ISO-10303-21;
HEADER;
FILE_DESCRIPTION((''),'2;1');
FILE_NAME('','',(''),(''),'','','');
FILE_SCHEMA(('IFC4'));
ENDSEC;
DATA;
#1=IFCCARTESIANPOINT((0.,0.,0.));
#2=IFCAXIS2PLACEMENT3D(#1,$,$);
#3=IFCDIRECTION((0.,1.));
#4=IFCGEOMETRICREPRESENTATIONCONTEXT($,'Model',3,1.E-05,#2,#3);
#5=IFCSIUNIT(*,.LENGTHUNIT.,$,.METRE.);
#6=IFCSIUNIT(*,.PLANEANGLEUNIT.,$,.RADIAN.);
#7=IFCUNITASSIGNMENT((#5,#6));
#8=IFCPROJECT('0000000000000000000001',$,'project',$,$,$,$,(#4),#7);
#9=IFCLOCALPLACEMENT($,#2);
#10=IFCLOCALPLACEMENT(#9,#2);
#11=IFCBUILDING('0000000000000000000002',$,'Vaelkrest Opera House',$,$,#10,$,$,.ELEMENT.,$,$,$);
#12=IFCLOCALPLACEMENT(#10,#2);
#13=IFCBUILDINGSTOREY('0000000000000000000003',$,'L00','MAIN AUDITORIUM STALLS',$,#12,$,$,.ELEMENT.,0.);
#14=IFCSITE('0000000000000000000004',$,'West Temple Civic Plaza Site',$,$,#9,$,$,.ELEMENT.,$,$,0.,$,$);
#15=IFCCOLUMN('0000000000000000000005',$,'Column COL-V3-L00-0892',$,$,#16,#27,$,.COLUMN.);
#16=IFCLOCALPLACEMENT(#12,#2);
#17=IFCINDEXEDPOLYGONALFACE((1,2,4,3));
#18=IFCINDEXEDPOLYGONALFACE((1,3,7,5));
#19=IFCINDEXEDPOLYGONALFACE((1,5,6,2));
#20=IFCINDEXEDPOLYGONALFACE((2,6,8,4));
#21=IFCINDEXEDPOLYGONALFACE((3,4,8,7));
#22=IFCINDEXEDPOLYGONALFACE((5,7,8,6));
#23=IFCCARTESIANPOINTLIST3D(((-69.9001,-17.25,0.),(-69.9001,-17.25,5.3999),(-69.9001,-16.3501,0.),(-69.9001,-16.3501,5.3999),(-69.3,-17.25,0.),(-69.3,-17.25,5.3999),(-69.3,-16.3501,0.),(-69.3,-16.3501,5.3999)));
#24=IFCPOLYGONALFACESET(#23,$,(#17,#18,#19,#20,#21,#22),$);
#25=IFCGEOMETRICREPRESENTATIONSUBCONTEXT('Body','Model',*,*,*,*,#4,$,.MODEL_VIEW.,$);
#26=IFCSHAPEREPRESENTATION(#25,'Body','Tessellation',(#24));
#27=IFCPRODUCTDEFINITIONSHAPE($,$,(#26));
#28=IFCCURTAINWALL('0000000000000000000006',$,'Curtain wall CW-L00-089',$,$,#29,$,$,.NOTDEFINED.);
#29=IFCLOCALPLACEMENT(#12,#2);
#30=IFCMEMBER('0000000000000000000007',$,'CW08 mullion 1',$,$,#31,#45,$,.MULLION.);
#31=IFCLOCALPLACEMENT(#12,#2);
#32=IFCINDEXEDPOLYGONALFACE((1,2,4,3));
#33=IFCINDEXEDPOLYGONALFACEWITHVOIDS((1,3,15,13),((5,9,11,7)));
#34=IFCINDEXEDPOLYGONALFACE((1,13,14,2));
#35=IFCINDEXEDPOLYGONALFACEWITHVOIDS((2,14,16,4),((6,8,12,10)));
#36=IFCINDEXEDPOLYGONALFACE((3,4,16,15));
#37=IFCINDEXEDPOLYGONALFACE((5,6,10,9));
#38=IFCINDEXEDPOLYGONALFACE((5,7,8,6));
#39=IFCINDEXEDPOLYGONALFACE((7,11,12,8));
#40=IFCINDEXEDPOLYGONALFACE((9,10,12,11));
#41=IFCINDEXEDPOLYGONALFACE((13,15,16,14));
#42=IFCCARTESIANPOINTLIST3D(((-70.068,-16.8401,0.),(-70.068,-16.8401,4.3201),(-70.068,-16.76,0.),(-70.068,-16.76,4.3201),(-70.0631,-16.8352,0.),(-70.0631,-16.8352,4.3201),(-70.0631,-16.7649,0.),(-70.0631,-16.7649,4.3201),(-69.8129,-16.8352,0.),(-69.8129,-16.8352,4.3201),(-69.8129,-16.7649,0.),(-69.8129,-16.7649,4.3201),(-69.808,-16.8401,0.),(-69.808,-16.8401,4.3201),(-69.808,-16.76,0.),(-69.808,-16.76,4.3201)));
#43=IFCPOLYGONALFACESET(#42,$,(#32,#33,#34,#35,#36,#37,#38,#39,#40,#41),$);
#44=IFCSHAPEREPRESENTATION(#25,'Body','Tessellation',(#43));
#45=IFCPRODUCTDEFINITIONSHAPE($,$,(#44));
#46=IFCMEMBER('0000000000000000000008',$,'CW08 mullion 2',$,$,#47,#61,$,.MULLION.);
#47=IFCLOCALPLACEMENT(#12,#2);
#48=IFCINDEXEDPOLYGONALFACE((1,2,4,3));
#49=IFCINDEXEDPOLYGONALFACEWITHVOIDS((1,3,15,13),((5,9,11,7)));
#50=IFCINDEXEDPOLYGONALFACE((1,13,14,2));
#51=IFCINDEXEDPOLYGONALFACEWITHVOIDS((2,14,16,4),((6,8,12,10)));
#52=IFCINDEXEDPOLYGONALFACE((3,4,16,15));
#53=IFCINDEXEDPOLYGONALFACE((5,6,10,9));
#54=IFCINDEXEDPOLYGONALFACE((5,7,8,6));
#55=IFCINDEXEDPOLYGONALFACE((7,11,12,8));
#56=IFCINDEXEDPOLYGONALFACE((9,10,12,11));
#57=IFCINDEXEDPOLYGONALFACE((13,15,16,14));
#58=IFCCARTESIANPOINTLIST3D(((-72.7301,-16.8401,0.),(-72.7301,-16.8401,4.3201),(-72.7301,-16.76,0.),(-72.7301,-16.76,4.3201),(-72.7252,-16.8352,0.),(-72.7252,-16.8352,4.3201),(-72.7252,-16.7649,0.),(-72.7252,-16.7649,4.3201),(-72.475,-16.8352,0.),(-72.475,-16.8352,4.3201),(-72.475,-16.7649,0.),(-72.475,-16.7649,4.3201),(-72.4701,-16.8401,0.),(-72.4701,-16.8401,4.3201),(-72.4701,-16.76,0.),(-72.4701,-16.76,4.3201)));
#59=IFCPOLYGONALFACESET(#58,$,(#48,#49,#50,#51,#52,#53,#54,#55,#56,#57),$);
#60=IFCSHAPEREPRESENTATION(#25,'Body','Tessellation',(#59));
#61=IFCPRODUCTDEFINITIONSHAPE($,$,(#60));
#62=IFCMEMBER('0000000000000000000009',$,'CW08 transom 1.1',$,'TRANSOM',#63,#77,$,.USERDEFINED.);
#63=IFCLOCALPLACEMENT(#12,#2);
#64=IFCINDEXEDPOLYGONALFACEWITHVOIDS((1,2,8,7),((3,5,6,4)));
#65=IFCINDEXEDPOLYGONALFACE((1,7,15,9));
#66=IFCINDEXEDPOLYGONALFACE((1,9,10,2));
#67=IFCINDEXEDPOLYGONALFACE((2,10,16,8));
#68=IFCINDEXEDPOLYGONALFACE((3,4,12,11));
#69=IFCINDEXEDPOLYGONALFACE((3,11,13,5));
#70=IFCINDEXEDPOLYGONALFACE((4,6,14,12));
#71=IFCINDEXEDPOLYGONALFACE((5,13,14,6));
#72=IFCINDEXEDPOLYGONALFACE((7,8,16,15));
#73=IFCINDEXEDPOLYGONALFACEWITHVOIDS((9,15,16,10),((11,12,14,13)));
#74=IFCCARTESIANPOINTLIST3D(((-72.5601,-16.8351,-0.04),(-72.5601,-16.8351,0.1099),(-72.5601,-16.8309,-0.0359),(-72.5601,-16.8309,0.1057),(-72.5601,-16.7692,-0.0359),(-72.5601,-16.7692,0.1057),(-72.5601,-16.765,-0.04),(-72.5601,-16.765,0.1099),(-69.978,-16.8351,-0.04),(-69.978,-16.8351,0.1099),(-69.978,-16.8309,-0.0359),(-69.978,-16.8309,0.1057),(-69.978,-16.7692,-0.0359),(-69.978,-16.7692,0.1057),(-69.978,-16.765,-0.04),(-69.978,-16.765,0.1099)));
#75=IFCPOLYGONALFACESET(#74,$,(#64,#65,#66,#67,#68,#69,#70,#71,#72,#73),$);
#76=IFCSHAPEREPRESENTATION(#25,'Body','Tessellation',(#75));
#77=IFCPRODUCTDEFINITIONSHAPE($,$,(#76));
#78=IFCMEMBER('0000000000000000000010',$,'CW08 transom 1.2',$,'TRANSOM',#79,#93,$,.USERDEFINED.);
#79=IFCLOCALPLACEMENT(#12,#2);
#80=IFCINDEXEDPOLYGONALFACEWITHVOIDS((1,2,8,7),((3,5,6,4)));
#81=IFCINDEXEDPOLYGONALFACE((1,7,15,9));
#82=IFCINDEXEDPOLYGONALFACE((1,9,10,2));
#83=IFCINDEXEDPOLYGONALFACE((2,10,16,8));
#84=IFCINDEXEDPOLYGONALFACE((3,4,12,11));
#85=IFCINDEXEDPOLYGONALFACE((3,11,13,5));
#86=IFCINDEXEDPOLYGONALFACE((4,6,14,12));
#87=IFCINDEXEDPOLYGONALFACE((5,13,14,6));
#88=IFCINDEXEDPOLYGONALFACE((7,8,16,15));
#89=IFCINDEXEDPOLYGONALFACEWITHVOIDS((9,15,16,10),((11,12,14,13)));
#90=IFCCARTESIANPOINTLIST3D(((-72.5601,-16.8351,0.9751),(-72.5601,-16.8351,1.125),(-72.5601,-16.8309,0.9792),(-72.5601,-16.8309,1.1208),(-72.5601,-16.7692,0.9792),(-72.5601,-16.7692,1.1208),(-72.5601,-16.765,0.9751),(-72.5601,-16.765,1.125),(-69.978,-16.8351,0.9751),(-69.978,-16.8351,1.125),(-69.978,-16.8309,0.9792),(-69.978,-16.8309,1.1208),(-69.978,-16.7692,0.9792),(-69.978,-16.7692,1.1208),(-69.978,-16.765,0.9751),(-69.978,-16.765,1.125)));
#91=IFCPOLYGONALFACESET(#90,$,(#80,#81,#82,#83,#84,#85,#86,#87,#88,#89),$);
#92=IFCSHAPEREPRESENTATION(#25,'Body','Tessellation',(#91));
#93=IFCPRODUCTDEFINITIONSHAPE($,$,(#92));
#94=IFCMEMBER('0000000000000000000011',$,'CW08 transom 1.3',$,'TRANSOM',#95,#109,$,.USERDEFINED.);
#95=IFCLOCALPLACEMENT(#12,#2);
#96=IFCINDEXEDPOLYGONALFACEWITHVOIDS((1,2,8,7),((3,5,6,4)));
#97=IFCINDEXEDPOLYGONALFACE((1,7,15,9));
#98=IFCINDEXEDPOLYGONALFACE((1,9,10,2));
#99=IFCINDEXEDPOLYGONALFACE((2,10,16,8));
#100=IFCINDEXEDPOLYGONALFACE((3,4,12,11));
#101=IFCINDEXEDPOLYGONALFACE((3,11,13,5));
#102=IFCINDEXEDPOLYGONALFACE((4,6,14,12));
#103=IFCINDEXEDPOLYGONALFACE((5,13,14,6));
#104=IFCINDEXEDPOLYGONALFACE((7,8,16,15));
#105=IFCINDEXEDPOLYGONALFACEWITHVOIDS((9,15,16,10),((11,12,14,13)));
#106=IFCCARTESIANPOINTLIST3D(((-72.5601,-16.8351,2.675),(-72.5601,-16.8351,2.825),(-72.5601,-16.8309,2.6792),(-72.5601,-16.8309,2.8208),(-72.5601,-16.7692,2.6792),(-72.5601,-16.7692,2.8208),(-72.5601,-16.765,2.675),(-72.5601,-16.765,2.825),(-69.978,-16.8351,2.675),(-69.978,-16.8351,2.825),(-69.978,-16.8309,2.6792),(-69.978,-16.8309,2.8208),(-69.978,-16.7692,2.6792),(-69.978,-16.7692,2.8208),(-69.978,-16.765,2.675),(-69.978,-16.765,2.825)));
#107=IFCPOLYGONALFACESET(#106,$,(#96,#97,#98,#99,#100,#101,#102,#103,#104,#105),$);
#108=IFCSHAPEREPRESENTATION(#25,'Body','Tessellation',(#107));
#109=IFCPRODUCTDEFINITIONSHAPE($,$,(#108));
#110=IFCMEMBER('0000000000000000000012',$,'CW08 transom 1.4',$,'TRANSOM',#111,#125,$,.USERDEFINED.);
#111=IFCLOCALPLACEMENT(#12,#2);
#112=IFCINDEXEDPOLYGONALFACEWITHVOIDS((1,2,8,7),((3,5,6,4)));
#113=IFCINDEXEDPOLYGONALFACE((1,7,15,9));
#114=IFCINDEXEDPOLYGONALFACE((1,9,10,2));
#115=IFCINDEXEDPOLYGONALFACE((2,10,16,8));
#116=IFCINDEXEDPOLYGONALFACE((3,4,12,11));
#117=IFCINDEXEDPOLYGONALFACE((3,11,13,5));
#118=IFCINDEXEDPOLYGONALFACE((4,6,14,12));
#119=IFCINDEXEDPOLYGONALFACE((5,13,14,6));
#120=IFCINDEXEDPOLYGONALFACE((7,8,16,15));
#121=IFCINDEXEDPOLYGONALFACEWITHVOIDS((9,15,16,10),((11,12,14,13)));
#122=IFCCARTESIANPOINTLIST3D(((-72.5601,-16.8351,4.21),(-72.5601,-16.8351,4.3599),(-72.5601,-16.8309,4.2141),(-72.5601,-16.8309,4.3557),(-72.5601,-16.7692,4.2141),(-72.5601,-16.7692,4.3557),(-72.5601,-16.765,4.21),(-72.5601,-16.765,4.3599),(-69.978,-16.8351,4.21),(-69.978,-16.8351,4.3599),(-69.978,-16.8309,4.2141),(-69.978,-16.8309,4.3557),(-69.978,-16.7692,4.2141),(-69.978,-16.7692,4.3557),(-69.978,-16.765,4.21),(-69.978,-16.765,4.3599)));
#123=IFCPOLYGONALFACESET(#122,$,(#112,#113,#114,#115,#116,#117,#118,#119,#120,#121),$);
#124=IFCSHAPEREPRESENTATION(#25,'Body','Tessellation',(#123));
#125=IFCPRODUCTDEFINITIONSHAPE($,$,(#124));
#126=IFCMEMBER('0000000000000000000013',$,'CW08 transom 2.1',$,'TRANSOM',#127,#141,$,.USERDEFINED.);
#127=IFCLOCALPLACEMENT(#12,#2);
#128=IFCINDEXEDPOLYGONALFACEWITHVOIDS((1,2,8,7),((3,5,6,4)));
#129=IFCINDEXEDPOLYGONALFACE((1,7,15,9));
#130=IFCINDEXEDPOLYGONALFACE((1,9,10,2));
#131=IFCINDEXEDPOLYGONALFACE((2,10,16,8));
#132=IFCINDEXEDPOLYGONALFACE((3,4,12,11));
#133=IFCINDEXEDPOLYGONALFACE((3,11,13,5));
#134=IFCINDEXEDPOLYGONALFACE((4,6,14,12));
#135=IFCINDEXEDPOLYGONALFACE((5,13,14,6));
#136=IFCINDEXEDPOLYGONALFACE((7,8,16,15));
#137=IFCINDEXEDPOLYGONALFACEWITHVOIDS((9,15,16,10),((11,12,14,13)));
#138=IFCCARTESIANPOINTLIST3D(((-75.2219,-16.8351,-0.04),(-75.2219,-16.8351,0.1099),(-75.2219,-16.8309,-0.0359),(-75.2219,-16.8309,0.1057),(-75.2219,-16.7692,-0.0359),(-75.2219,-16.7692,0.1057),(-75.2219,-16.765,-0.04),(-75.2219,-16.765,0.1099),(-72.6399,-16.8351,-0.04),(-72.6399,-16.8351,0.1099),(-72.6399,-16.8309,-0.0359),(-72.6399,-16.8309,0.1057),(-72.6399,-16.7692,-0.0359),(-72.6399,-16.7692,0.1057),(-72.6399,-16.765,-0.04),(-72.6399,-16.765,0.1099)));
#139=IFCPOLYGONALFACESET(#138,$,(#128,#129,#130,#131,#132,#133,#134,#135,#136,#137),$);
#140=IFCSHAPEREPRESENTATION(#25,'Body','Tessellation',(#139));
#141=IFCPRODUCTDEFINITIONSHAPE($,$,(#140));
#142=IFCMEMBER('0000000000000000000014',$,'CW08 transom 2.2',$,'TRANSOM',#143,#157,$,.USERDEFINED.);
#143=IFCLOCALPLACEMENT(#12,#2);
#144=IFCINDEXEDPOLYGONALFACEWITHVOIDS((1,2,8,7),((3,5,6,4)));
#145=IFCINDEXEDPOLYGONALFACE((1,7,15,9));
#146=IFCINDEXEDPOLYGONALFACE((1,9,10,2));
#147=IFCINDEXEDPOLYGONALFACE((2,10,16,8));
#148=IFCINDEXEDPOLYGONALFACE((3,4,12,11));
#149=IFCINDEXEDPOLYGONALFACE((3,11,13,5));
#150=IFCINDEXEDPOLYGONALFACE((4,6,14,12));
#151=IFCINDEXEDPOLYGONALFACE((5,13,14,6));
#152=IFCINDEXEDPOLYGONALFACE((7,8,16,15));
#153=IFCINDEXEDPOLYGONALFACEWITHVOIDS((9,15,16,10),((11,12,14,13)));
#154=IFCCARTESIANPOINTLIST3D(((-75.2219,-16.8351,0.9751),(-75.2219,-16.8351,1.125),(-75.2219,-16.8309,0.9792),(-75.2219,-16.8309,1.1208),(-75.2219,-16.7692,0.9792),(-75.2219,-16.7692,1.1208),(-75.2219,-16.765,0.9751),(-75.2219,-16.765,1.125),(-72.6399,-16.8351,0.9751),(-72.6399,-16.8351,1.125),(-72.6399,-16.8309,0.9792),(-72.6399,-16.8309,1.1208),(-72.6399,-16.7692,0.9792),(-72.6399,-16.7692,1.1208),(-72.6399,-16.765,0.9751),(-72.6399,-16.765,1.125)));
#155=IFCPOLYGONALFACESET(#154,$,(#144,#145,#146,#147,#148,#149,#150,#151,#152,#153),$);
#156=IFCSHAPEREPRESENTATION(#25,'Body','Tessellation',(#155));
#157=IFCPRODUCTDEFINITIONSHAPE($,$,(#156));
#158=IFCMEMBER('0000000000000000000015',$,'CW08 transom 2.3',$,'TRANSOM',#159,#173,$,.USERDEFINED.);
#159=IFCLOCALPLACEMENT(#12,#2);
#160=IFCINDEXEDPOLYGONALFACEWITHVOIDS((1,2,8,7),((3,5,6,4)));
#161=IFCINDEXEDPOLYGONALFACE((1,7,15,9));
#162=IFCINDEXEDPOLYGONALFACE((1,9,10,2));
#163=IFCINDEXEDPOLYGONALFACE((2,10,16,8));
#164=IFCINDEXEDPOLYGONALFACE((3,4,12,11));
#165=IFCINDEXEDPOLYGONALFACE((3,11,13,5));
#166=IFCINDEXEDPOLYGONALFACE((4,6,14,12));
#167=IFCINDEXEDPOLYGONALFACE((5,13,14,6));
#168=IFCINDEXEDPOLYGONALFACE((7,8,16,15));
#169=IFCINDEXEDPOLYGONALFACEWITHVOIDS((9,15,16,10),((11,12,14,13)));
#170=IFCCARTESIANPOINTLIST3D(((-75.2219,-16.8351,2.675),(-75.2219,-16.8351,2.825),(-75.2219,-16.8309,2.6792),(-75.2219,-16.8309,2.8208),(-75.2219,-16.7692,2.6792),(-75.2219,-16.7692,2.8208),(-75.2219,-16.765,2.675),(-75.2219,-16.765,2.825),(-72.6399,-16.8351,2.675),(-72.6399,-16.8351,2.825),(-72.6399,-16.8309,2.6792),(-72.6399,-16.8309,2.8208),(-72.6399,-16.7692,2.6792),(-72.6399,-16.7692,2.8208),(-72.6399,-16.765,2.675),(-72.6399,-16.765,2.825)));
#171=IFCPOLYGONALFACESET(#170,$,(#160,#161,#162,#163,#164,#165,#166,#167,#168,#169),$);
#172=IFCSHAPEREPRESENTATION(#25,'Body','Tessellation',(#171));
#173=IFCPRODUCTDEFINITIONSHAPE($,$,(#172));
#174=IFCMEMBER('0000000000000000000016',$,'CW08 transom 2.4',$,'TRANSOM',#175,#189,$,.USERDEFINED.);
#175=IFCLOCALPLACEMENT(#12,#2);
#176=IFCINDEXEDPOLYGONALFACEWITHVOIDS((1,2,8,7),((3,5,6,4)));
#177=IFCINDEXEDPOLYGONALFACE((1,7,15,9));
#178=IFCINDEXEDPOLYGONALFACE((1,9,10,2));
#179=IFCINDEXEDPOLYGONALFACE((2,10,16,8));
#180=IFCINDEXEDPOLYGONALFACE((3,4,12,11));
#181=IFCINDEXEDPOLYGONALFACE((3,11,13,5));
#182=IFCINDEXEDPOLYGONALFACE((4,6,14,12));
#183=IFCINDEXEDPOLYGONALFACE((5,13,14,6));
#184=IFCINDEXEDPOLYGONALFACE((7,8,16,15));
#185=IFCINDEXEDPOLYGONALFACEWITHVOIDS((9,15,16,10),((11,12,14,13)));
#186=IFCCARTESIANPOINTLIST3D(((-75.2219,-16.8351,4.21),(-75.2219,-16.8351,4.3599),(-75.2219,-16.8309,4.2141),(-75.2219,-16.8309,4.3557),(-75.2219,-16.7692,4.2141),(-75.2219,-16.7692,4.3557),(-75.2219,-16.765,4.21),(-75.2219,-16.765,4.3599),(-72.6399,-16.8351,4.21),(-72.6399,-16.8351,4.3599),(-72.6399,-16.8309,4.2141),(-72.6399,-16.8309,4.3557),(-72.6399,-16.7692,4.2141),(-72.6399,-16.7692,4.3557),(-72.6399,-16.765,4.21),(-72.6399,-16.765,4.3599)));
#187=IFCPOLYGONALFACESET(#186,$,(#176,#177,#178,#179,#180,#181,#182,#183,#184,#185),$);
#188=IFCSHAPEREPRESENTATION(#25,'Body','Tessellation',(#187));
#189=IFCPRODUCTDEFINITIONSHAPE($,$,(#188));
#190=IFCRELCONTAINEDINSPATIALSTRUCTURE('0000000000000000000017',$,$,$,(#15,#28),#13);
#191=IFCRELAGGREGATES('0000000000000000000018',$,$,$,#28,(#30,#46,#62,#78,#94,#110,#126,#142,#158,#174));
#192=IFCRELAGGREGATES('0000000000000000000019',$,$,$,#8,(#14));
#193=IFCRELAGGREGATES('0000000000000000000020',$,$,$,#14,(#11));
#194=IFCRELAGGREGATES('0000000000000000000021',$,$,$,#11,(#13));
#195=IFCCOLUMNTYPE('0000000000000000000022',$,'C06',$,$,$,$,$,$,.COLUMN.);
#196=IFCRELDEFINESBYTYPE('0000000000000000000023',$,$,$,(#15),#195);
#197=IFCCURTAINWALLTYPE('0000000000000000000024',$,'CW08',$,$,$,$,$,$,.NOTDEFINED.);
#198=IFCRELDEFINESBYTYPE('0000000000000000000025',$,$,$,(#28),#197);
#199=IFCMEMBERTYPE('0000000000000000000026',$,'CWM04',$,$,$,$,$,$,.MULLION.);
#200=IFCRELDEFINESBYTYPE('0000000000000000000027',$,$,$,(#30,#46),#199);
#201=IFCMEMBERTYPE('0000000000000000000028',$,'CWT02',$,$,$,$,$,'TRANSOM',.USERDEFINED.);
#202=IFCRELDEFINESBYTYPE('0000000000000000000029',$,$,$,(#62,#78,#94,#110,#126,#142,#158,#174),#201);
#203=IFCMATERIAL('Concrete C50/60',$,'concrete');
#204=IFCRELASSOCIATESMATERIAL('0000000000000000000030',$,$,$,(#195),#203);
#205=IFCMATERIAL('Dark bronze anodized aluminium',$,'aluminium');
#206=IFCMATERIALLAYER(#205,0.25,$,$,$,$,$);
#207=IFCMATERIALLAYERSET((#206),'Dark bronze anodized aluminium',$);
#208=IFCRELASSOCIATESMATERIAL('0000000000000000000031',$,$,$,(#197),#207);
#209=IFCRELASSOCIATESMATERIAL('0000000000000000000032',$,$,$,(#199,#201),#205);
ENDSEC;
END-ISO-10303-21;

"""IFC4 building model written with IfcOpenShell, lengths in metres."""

from ifc_helpers import new_model, si_unit, direction, frame, origin, origin_2d, place, context, subcontext, project, spatial, rectangle, hollow_rectangle, extrude, material, layer, layer_set, material_profile, profile_set, type_object, element, aggregate, save


model = new_model("IFC4")

# Units and contexts
model_context = context("Model", 3, precision=1e-05, world=origin(), true_north=direction((0.0, 1.0)))
body_context = subcontext(model_context, "Body", "Model", "MODEL_VIEW")
ifc_project = project(units=[si_unit("LENGTHUNIT", "METRE"), si_unit("PLANEANGLEUNIT", "RADIAN")], contexts=[model_context])

# Site, building, storey
site_placement = place(None, origin())
site = spatial("IfcSite", under=ifc_project, at=site_placement, Name="West Temple Civic Plaza Site", CompositionType="ELEMENT", RefElevation=0.0)
building_placement = place(site_placement, origin())
building = spatial("IfcBuilding", under=site, at=building_placement, Name="Vaelkrest Opera House", CompositionType="ELEMENT")
storey_placement = place(building_placement, origin())
storey = spatial("IfcBuildingStorey", under=building, at=storey_placement, Name="L00", Description="MAIN AUDITORIUM STALLS", CompositionType="ELEMENT", Elevation=0.0)

# Column
ifc_material_1 = material(Name="Concrete C50/60", Category="concrete")
ifc_material_profile_1 = material_profile(ifc_material_1, rectangle(XDim=0.6001, YDim=0.8999, at=origin_2d()), Name="RC600X900")
ifc_profile_set_1 = profile_set([ifc_material_profile_1], Name="Concrete C50/60")
column_type = type_object("IfcColumnType", Name="C06", PredefinedType="COLUMN", material=ifc_profile_set_1)
column_placement = place(storey_placement, frame((-69.6001, -16.8, 0.0), z_axis=(0.0, 0.0, 1.0), x_axis=(1.0, 0.0, 0.0)))
element("IfcColumn", 1, at=column_placement, inside=storey, type_object=column_type, Name="Column COL-V3-L00-0892", PredefinedType="COLUMN", context=body_context, shape_type="SweptSolid", body=[
    extrude(rectangle(XDim=0.6001, YDim=0.8999, at=origin_2d()), origin(), (0.0, 0.0, 1.0), 5.3999),
])

# Curtain wall, members
ifc_material_2 = material(Name="Dark bronze anodized aluminium", Category="aluminium")
ifc_layer_1 = layer(ifc_material_2, 0.25)
ifc_layer_set_1 = layer_set([ifc_layer_1], Name="Dark bronze anodized aluminium")
curtain_wall_type = type_object("IfcCurtainWallType", Name="CW08", PredefinedType="NOTDEFINED", material=ifc_layer_set_1)
curtain_wall_placement = place(storey_placement, origin())
curtain_wall = element("IfcCurtainWall", 2, at=curtain_wall_placement, inside=storey, type_object=curtain_wall_type, Name="Curtain wall CW-L00-089", PredefinedType="NOTDEFINED")
ifc_material_profile_2 = material_profile(ifc_material_2, hollow_rectangle(XDim=0.0801, YDim=0.26, WallThickness=0.0049, at=origin_2d()), Name="CWM80X260")
ifc_profile_set_2 = profile_set([ifc_material_profile_2], Name="Dark bronze anodized aluminium")
member_type_1 = type_object("IfcMemberType", Name="CWM04", PredefinedType="MULLION", material=ifc_profile_set_2)
member_1_placement = place(storey_placement, frame((-69.938, -16.8, 0.0), z_axis=(0.0, 0.0, 1.0), x_axis=(0.0, -1.0, 0.0)))
member_1 = element("IfcMember", 3, at=member_1_placement, type_object=member_type_1, Name="CW08 mullion 1", PredefinedType="MULLION", context=body_context, shape_type="SweptSolid", body=[
    extrude(hollow_rectangle(XDim=0.0801, YDim=0.26, WallThickness=0.0049, at=origin_2d()), origin(), (0.0, 0.0, 1.0), 4.3201),
])
member_2_placement = place(storey_placement, frame((-72.6001, -16.8, 0.0), z_axis=(0.0, 0.0, 1.0), x_axis=(0.0, -1.0, 0.0)))
member_2 = element("IfcMember", 4, at=member_2_placement, type_object=member_type_1, Name="CW08 mullion 2", PredefinedType="MULLION", context=body_context, shape_type="SweptSolid", body=[
    extrude(hollow_rectangle(XDim=0.0801, YDim=0.26, WallThickness=0.0049, at=origin_2d()), origin(), (0.0, 0.0, 1.0), 4.3201),
])
ifc_material_profile_3 = material_profile(ifc_material_2, hollow_rectangle(XDim=0.0701, YDim=0.1499, WallThickness=0.0042, at=origin_2d()), Name="CWT70X150")
ifc_profile_set_3 = profile_set([ifc_material_profile_3], Name="Dark bronze anodized aluminium")
member_type_2 = type_object("IfcMemberType", Name="CWT02", ElementType="TRANSOM", PredefinedType="USERDEFINED", material=ifc_profile_set_3)
member_3_placement = place(storey_placement, frame((-69.978, -16.8, 0.0349), z_axis=(-1.0, 0.0, 0.0), x_axis=(0.0, -1.0, 0.0)))
member_3 = element("IfcMember", 5, at=member_3_placement, type_object=member_type_2, Name="CW08 transom 1.1", ObjectType="TRANSOM", PredefinedType="USERDEFINED", context=body_context, shape_type="SweptSolid", body=[
    extrude(hollow_rectangle(XDim=0.0701, YDim=0.1499, WallThickness=0.0042, at=origin_2d()), origin(), (0.0, 0.0, 1.0), 2.582),
])
member_4_placement = place(storey_placement, frame((-69.978, -16.8, 1.05), z_axis=(-1.0, 0.0, 0.0), x_axis=(0.0, -1.0, 0.0)))
member_4 = element("IfcMember", 6, at=member_4_placement, type_object=member_type_2, Name="CW08 transom 1.2", ObjectType="TRANSOM", PredefinedType="USERDEFINED", context=body_context, shape_type="SweptSolid", body=[
    extrude(hollow_rectangle(XDim=0.0701, YDim=0.1499, WallThickness=0.0042, at=origin_2d()), origin(), (0.0, 0.0, 1.0), 2.582),
])
member_5_placement = place(storey_placement, frame((-69.978, -16.8, 2.75), z_axis=(-1.0, 0.0, 0.0), x_axis=(0.0, -1.0, 0.0)))
member_5 = element("IfcMember", 7, at=member_5_placement, type_object=member_type_2, Name="CW08 transom 1.3", ObjectType="TRANSOM", PredefinedType="USERDEFINED", context=body_context, shape_type="SweptSolid", body=[
    extrude(hollow_rectangle(XDim=0.0701, YDim=0.1499, WallThickness=0.0042, at=origin_2d()), origin(), (0.0, 0.0, 1.0), 2.582),
])
member_6_placement = place(storey_placement, frame((-69.978, -16.8, 4.2849), z_axis=(-1.0, 0.0, 0.0), x_axis=(0.0, -1.0, 0.0)))
member_6 = element("IfcMember", 8, at=member_6_placement, type_object=member_type_2, Name="CW08 transom 1.4", ObjectType="TRANSOM", PredefinedType="USERDEFINED", context=body_context, shape_type="SweptSolid", body=[
    extrude(hollow_rectangle(XDim=0.0701, YDim=0.1499, WallThickness=0.0042, at=origin_2d()), origin(), (0.0, 0.0, 1.0), 2.582),
])
member_7_placement = place(storey_placement, frame((-72.6399, -16.8, 0.0349), z_axis=(-1.0, 0.0, 0.0), x_axis=(0.0, -1.0, 0.0)))
member_7 = element("IfcMember", 9, at=member_7_placement, type_object=member_type_2, Name="CW08 transom 2.1", ObjectType="TRANSOM", PredefinedType="USERDEFINED", context=body_context, shape_type="SweptSolid", body=[
    extrude(hollow_rectangle(XDim=0.0701, YDim=0.1499, WallThickness=0.0042, at=origin_2d()), origin(), (0.0, 0.0, 1.0), 2.582),
])
member_8_placement = place(storey_placement, frame((-72.6399, -16.8, 1.05), z_axis=(-1.0, 0.0, 0.0), x_axis=(0.0, -1.0, 0.0)))
member_8 = element("IfcMember", 10, at=member_8_placement, type_object=member_type_2, Name="CW08 transom 2.2", ObjectType="TRANSOM", PredefinedType="USERDEFINED", context=body_context, shape_type="SweptSolid", body=[
    extrude(hollow_rectangle(XDim=0.0701, YDim=0.1499, WallThickness=0.0042, at=origin_2d()), origin(), (0.0, 0.0, 1.0), 2.582),
])
member_9_placement = place(storey_placement, frame((-72.6399, -16.8, 2.75), z_axis=(-1.0, 0.0, 0.0), x_axis=(0.0, -1.0, 0.0)))
member_9 = element("IfcMember", 11, at=member_9_placement, type_object=member_type_2, Name="CW08 transom 2.3", ObjectType="TRANSOM", PredefinedType="USERDEFINED", context=body_context, shape_type="SweptSolid", body=[
    extrude(hollow_rectangle(XDim=0.0701, YDim=0.1499, WallThickness=0.0042, at=origin_2d()), origin(), (0.0, 0.0, 1.0), 2.582),
])
member_10_placement = place(storey_placement, frame((-72.6399, -16.8, 4.2849), z_axis=(-1.0, 0.0, 0.0), x_axis=(0.0, -1.0, 0.0)))
member_10 = element("IfcMember", 12, at=member_10_placement, type_object=member_type_2, Name="CW08 transom 2.4", ObjectType="TRANSOM", PredefinedType="USERDEFINED", context=body_context, shape_type="SweptSolid", body=[
    extrude(hollow_rectangle(XDim=0.0701, YDim=0.1499, WallThickness=0.0042, at=origin_2d()), origin(), (0.0, 0.0, 1.0), 2.582),
])

aggregate(curtain_wall, [member_1, member_2, member_3, member_4, member_5, member_6, member_7, member_8, member_9, member_10])

save(model, "model.ifc")
